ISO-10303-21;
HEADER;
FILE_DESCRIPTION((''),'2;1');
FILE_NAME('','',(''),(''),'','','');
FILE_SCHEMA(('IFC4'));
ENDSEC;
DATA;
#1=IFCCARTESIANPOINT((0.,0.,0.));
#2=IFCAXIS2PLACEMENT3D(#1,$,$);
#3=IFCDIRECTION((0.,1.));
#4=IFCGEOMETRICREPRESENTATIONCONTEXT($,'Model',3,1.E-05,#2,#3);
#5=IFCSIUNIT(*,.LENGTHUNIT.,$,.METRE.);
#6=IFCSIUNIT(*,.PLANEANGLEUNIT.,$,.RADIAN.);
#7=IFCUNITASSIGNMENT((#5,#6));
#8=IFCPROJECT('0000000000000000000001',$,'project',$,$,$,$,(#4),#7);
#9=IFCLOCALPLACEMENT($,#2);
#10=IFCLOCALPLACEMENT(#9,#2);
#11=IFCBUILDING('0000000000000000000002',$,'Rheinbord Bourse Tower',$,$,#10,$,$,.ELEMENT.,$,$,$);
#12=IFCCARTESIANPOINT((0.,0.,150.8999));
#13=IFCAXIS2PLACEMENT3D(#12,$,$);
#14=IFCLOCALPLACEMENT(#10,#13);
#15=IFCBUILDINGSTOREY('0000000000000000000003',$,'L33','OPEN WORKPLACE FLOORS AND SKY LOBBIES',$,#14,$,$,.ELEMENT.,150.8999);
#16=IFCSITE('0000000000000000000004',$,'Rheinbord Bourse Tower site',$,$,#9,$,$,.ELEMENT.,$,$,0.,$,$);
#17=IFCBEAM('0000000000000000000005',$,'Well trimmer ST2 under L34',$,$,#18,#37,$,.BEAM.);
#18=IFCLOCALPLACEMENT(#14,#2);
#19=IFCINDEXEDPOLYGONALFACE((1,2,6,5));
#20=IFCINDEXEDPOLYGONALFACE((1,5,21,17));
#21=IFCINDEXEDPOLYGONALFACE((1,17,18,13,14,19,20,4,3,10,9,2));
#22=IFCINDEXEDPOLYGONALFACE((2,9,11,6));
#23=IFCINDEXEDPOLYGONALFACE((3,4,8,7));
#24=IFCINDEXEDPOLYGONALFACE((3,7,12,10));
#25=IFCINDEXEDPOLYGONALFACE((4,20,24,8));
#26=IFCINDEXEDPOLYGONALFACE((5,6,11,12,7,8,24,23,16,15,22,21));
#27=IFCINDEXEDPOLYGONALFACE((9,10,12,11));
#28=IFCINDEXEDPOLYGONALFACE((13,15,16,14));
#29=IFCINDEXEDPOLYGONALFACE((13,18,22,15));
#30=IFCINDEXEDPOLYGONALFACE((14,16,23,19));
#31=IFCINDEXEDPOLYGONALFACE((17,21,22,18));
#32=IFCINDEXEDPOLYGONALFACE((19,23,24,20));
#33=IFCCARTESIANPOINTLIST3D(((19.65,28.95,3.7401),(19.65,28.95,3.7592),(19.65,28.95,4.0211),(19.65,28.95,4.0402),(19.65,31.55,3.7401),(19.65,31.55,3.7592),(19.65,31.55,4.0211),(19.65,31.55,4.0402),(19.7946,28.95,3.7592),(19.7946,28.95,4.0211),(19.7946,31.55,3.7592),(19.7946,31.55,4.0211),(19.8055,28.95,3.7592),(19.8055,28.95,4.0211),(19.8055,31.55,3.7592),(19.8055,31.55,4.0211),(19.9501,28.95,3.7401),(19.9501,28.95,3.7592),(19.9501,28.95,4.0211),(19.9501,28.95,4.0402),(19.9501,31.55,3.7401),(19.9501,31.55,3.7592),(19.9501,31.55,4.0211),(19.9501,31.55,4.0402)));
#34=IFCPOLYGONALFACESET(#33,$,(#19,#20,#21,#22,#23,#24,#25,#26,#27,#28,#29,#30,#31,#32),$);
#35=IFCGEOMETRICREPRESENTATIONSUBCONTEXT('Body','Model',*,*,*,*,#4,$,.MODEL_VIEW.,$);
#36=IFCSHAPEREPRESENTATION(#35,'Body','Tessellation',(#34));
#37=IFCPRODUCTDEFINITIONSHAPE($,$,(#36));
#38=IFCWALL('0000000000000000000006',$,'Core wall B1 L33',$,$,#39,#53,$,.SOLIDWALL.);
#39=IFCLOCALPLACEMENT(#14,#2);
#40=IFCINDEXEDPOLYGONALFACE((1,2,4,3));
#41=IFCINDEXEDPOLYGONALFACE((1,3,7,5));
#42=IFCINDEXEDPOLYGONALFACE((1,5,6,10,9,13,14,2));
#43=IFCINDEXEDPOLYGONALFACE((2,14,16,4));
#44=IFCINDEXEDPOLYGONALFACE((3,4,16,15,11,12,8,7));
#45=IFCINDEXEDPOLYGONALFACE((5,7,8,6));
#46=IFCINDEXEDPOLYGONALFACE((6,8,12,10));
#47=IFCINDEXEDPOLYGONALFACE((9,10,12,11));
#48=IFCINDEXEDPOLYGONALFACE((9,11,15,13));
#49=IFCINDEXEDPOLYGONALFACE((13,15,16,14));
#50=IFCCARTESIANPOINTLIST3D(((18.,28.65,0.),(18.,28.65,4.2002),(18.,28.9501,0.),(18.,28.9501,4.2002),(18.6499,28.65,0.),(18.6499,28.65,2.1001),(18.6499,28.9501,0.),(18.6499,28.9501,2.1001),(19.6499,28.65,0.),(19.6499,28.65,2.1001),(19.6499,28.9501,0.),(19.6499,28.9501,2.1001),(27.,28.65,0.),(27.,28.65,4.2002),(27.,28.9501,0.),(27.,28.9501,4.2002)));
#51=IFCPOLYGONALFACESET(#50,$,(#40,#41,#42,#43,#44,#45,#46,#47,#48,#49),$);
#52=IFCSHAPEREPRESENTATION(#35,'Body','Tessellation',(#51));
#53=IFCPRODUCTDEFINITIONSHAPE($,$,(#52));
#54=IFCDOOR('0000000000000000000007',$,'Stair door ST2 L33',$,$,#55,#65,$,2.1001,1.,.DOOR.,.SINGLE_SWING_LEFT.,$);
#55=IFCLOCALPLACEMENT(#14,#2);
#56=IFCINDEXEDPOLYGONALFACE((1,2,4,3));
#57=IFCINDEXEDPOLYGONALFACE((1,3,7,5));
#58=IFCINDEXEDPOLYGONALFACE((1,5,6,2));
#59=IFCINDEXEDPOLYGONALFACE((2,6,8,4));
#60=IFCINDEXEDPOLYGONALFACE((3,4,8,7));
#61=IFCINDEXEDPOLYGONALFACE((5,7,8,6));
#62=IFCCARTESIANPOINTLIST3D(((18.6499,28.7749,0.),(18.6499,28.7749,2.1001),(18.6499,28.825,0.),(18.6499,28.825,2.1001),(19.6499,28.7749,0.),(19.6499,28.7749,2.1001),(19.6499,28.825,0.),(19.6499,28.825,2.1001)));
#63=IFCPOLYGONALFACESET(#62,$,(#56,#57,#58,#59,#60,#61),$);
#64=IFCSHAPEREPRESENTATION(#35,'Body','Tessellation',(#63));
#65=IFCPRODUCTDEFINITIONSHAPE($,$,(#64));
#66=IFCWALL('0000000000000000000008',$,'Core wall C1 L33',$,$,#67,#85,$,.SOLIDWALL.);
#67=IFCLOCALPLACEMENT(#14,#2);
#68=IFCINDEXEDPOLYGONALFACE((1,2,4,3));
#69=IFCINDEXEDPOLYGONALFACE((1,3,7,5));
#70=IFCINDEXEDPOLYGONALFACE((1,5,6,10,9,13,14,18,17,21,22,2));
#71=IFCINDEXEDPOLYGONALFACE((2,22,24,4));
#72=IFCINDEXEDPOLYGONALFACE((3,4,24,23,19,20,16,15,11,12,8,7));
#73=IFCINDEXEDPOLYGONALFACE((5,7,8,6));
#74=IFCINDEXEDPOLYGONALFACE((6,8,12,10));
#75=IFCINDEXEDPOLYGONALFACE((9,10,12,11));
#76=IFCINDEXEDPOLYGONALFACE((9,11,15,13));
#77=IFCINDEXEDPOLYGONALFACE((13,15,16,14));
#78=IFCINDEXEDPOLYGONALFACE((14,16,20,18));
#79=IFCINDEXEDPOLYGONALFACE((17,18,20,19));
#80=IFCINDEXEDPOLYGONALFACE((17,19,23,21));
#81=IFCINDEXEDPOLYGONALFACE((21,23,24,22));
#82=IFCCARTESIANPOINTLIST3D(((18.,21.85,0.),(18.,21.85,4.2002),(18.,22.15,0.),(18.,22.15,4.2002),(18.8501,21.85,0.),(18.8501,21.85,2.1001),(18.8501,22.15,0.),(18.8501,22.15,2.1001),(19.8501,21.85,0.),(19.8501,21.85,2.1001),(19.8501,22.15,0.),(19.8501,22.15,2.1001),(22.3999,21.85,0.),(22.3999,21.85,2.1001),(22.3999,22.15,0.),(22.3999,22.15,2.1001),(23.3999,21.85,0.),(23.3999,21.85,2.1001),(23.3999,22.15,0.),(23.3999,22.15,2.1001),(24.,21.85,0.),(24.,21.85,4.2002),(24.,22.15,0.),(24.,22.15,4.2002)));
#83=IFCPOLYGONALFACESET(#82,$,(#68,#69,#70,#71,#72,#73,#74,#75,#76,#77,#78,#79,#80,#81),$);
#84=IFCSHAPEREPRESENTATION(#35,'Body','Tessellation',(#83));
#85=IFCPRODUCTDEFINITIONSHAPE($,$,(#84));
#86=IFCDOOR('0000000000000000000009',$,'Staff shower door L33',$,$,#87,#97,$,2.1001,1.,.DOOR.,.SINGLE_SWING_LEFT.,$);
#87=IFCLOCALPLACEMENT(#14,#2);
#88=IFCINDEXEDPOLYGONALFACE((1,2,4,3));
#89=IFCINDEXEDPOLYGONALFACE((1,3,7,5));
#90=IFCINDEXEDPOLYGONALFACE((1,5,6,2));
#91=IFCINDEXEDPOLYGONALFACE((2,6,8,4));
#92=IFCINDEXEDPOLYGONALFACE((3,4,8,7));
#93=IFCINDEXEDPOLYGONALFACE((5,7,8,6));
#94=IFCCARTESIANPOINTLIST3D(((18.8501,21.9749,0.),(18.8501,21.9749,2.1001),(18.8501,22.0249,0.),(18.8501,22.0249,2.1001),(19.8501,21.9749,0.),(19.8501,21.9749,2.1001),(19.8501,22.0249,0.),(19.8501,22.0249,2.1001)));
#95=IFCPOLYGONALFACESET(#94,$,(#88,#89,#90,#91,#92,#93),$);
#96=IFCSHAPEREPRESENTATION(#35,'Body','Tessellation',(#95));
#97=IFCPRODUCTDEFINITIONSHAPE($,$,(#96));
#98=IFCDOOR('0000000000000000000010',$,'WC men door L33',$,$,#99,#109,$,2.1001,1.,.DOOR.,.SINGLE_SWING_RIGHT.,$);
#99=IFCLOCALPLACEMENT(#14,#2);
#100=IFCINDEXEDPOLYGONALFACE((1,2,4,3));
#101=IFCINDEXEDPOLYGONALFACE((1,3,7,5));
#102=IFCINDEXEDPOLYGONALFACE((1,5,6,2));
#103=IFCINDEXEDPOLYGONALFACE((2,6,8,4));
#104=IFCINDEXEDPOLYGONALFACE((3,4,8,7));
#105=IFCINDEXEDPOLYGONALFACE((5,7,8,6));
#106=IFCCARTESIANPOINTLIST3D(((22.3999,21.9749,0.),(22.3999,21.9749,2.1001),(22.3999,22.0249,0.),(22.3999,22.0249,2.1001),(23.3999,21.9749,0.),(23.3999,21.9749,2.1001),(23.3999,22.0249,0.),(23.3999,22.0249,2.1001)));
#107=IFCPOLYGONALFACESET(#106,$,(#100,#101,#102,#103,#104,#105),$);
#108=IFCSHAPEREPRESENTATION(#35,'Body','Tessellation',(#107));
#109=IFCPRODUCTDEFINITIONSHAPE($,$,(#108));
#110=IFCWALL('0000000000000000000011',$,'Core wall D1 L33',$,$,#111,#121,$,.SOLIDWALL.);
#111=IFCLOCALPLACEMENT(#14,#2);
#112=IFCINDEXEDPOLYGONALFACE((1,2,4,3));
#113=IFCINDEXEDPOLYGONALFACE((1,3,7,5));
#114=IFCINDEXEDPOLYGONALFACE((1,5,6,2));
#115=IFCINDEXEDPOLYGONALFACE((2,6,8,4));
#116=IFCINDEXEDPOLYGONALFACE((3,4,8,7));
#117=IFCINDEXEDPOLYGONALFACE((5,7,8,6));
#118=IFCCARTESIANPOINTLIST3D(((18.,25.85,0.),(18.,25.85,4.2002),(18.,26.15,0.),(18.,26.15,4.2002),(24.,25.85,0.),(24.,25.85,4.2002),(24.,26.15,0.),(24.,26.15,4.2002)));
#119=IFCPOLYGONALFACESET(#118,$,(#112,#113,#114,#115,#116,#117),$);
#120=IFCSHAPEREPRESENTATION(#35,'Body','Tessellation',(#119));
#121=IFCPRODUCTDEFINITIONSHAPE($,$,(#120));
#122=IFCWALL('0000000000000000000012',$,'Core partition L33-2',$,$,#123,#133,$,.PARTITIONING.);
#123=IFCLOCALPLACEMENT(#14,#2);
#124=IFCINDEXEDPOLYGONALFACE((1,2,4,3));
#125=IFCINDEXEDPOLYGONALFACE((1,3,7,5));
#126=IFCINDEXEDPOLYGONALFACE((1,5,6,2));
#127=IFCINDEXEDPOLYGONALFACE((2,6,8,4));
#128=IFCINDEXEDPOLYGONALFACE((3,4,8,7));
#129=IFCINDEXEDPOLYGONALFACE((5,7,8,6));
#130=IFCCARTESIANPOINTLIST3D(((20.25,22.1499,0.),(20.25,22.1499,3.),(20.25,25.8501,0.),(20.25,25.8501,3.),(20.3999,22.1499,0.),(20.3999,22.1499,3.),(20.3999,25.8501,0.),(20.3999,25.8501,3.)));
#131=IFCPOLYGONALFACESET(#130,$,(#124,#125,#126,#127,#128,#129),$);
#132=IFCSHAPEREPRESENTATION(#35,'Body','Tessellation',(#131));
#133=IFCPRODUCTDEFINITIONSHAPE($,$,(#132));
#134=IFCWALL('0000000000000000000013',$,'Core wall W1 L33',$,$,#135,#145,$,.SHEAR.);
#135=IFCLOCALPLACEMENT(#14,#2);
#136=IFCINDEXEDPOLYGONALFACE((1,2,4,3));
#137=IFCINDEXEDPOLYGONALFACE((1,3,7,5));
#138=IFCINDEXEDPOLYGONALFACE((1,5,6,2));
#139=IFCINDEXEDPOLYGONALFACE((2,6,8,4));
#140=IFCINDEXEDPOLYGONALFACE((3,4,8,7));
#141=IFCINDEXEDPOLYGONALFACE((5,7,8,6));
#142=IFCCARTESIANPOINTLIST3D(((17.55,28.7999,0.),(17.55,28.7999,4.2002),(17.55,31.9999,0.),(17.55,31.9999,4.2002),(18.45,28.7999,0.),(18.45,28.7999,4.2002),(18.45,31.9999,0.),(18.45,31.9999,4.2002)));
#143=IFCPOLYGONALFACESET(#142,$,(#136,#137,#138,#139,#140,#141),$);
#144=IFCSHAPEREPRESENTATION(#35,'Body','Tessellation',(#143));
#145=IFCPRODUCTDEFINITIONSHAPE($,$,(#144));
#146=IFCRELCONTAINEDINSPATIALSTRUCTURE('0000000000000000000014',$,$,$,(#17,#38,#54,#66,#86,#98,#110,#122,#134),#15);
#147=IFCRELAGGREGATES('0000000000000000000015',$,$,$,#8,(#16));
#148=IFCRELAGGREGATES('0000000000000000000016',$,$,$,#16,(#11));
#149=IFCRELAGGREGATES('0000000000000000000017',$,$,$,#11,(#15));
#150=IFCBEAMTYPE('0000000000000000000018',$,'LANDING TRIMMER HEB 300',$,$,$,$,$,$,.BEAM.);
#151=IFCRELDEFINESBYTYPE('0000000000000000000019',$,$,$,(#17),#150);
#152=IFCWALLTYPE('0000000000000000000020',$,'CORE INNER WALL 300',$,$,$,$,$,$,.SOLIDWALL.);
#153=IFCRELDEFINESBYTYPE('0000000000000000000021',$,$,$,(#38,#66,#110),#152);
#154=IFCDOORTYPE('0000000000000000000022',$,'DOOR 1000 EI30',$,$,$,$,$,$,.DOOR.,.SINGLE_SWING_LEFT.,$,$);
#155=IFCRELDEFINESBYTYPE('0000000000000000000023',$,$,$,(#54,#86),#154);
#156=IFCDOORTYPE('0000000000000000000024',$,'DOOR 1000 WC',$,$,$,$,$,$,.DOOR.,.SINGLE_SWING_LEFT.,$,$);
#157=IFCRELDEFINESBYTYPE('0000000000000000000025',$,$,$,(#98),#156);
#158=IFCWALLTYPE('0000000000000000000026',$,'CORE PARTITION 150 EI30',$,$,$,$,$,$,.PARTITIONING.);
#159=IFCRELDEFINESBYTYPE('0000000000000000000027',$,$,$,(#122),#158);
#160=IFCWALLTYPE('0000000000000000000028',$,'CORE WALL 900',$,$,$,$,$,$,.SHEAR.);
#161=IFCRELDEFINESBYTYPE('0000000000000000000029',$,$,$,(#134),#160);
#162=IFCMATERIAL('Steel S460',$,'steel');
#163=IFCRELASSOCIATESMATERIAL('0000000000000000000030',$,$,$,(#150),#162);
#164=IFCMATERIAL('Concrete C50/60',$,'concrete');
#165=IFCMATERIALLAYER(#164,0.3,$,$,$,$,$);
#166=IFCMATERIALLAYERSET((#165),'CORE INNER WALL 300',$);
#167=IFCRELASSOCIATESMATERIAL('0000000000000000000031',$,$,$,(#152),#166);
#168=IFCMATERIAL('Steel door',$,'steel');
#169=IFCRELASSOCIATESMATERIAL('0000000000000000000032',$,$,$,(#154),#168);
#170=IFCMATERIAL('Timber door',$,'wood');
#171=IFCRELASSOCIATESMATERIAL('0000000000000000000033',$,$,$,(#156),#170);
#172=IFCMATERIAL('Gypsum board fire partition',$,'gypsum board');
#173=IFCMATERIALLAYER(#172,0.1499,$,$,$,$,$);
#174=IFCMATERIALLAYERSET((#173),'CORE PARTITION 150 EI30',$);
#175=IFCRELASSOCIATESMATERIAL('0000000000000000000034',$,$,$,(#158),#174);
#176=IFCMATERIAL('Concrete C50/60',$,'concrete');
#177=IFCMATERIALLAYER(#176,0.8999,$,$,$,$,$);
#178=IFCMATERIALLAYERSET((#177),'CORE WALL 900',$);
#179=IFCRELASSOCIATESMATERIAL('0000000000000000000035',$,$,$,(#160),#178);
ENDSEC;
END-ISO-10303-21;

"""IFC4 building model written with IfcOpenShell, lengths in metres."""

from ifc_helpers import new_model, si_unit, direction, frame, frame_2d, origin, origin_2d, place, context, subcontext, project, spatial, rectangle, i_section, extrude, material, layer, layer_set, material_profile, profile_set, type_object, element, fill, save


model = new_model("IFC4")

# Units and contexts
model_context = context("Model", 3, precision=1e-05, world=origin(), true_north=direction((0.0, 1.0)))
body_context = subcontext(model_context, "Body", "Model", "MODEL_VIEW")
ifc_project = project(units=[si_unit("LENGTHUNIT", "METRE"), si_unit("PLANEANGLEUNIT", "RADIAN")], contexts=[model_context])

# Site, building, storey
site_placement = place(None, origin())
site = spatial("IfcSite", under=ifc_project, at=site_placement, Name="Rheinbord Bourse Tower site", CompositionType="ELEMENT", RefElevation=0.0)
building_placement = place(site_placement, origin())
building = spatial("IfcBuilding", under=site, at=building_placement, Name="Rheinbord Bourse Tower", CompositionType="ELEMENT")
storey_placement = place(building_placement, frame((0.0, 0.0, 150.8999)))
storey = spatial("IfcBuildingStorey", under=building, at=storey_placement, Name="L33", Description="OPEN WORKPLACE FLOORS AND SKY LOBBIES", CompositionType="ELEMENT", Elevation=150.8999)

# Beam
ifc_material_1 = material(Name="Steel S460", Category="steel")
ifc_material_profile = material_profile(ifc_material_1, i_section(OverallWidth=0.3, OverallDepth=0.3, WebThickness=0.011, FlangeThickness=0.019, at=origin_2d()), Name="HEB 300")
ifc_profile_set = profile_set([ifc_material_profile], Name="Steel S460")
beam_type = type_object("IfcBeamType", Name="LANDING TRIMMER HEB 300", PredefinedType="BEAM", material=ifc_profile_set)
beam_placement = place(storey_placement, frame((19.8, 28.95, 3.8901), z_axis=(0.0, 1.0, 0.0), x_axis=(-1.0, 0.0, 0.0)))
element("IfcBeam", 1, at=beam_placement, inside=storey, type_object=beam_type, Name="Well trimmer ST2 under L34", PredefinedType="BEAM", context=body_context, shape_type="SweptSolid", body=[
    extrude(i_section(OverallWidth=0.3, OverallDepth=0.3, WebThickness=0.011, FlangeThickness=0.019, at=origin_2d()), origin(), (0.0, 0.0, 1.0), 2.6001),
])

# Wall, opening, door
ifc_material_2 = material(Name="Concrete C50/60", Category="concrete")
ifc_layer_1 = layer(ifc_material_2, 0.3)
ifc_layer_set_1 = layer_set([ifc_layer_1], Name="CORE INNER WALL 300")
wall_type_1 = type_object("IfcWallType", Name="CORE INNER WALL 300", PredefinedType="SOLIDWALL", material=ifc_layer_set_1)
wall_1_placement = place(storey_placement, frame((18.0, 28.8, 0.0), z_axis=(0.0, 0.0, 1.0), x_axis=(1.0, 0.0, 0.0)))
wall_1 = element("IfcWall", 2, at=wall_1_placement, inside=storey, type_object=wall_type_1, Name="Core wall B1 L33", PredefinedType="SOLIDWALL", context=body_context, shape_type="SweptSolid", body=[
    extrude(rectangle(XDim=9.0, YDim=0.3, at=frame_2d((4.5, 0.0))), origin(), (0.0, 0.0, 1.0), 4.2002),
])
opening_1_placement = place(wall_1_placement, frame((0.6499, 0.0, 0.0)))
opening_1 = element("IfcOpeningElement", 3, at=opening_1_placement, cuts=wall_1, PredefinedType="OPENING", context=body_context, shape_type="SweptSolid", body=[
    extrude(rectangle(XDim=1.0, YDim=2.1001, at=frame_2d((0.5, 1.05))), frame((0.0, 0.1599, 0.0), z_axis=(0.0, -1.0, 0.0), x_axis=(1.0, 0.0, 0.0)), (0.0, 0.0, 1.0), 0.3201),
])
ifc_material_3 = material(Name="Steel door", Category="steel")
door_type_1 = type_object("IfcDoorType", Name="DOOR 1000 EI30", OperationType="SINGLE_SWING_LEFT", PredefinedType="DOOR", material=ifc_material_3)
door_1_placement = place(opening_1_placement, origin())
door_1 = element("IfcDoor", 4, at=door_1_placement, inside=storey, type_object=door_type_1, Name="Stair door ST2 L33", OperationType="SINGLE_SWING_LEFT", OverallHeight=2.1001, OverallWidth=1.0, PredefinedType="DOOR", context=body_context, shape_type="SweptSolid", body=[
    extrude(rectangle(XDim=1.0, YDim=2.1001, at=frame_2d((0.5, 1.05))), frame((0.0, 0.0249, 0.0), z_axis=(0.0, -1.0, 0.0), x_axis=(1.0, 0.0, 0.0)), (0.0, 0.0, 1.0), 0.05),
])
fill(opening_1, door_1)

# Wall, openings, doors
wall_2_placement = place(storey_placement, frame((18.0, 22.0, 0.0), z_axis=(0.0, 0.0, 1.0), x_axis=(1.0, 0.0, 0.0)))
wall_2 = element("IfcWall", 5, at=wall_2_placement, inside=storey, type_object=wall_type_1, Name="Core wall C1 L33", PredefinedType="SOLIDWALL", context=body_context, shape_type="SweptSolid", body=[
    extrude(rectangle(XDim=6.0, YDim=0.3, at=frame_2d((3.0, 0.0))), origin(), (0.0, 0.0, 1.0), 4.2002),
])
opening_2_placement = place(wall_2_placement, frame((4.3999, 0.0, 0.0)))
opening_2 = element("IfcOpeningElement", 6, at=opening_2_placement, cuts=wall_2, PredefinedType="OPENING", context=body_context, shape_type="SweptSolid", body=[
    extrude(rectangle(XDim=1.0, YDim=2.1001, at=frame_2d((0.5, 1.05))), frame((0.0, 0.1599, 0.0), z_axis=(0.0, -1.0, 0.0), x_axis=(1.0, 0.0, 0.0)), (0.0, 0.0, 1.0), 0.3201),
])
opening_3_placement = place(wall_2_placement, frame((0.8501, 0.0, 0.0)))
opening_3 = element("IfcOpeningElement", 7, at=opening_3_placement, cuts=wall_2, PredefinedType="OPENING", context=body_context, shape_type="SweptSolid", body=[
    extrude(rectangle(XDim=1.0, YDim=2.1001, at=frame_2d((0.5, 1.05))), frame((0.0, 0.1599, 0.0), z_axis=(0.0, -1.0, 0.0), x_axis=(1.0, 0.0, 0.0)), (0.0, 0.0, 1.0), 0.3201),
])
door_2_placement = place(opening_3_placement, origin())
door_2 = element("IfcDoor", 8, at=door_2_placement, inside=storey, type_object=door_type_1, Name="Staff shower door L33", OperationType="SINGLE_SWING_LEFT", OverallHeight=2.1001, OverallWidth=1.0, PredefinedType="DOOR", context=body_context, shape_type="SweptSolid", body=[
    extrude(rectangle(XDim=1.0, YDim=2.1001, at=frame_2d((0.5, 1.05))), frame((0.0, 0.0249, 0.0), z_axis=(0.0, -1.0, 0.0), x_axis=(1.0, 0.0, 0.0)), (0.0, 0.0, 1.0), 0.05),
])
fill(opening_3, door_2)
ifc_material_4 = material(Name="Timber door", Category="wood")
door_type_2 = type_object("IfcDoorType", Name="DOOR 1000 WC", OperationType="SINGLE_SWING_LEFT", PredefinedType="DOOR", material=ifc_material_4)
door_3_placement = place(opening_2_placement, origin())
door_3 = element("IfcDoor", 9, at=door_3_placement, inside=storey, type_object=door_type_2, Name="WC men door L33", OperationType="SINGLE_SWING_RIGHT", OverallHeight=2.1001, OverallWidth=1.0, PredefinedType="DOOR", context=body_context, shape_type="SweptSolid", body=[
    extrude(rectangle(XDim=1.0, YDim=2.1001, at=frame_2d((0.5, 1.05))), frame((0.0, 0.0249, 0.0), z_axis=(0.0, -1.0, 0.0), x_axis=(1.0, 0.0, 0.0)), (0.0, 0.0, 1.0), 0.05),
])
fill(opening_2, door_3)

# Walls
wall_3_placement = place(storey_placement, frame((18.0, 26.0, 0.0), z_axis=(0.0, 0.0, 1.0), x_axis=(1.0, 0.0, 0.0)))
element("IfcWall", 10, at=wall_3_placement, inside=storey, type_object=wall_type_1, Name="Core wall D1 L33", PredefinedType="SOLIDWALL", context=body_context, shape_type="SweptSolid", body=[
    extrude(rectangle(XDim=6.0, YDim=0.3, at=frame_2d((3.0, 0.0))), origin(), (0.0, 0.0, 1.0), 4.2002),
])
ifc_material_5 = material(Name="Gypsum board fire partition", Category="gypsum board")
ifc_layer_2 = layer(ifc_material_5, 0.1499)
ifc_layer_set_2 = layer_set([ifc_layer_2], Name="CORE PARTITION 150 EI30")
wall_type_2 = type_object("IfcWallType", Name="CORE PARTITION 150 EI30", PredefinedType="PARTITIONING", material=ifc_layer_set_2)
wall_4_placement = place(storey_placement, frame((20.325, 22.1499, 0.0), z_axis=(0.0, 0.0, 1.0), x_axis=(0.0, 1.0, 0.0)))
element("IfcWall", 11, at=wall_4_placement, inside=storey, type_object=wall_type_2, Name="Core partition L33-2", PredefinedType="PARTITIONING", context=body_context, shape_type="SweptSolid", body=[
    extrude(rectangle(XDim=3.7002, YDim=0.1499, at=frame_2d((1.8501, 0.0))), origin(), (0.0, 0.0, 1.0), 3.0),
])
ifc_material_6 = material(Name="Concrete C50/60", Category="concrete")
ifc_layer_3 = layer(ifc_material_6, 0.8999)
ifc_layer_set_3 = layer_set([ifc_layer_3], Name="CORE WALL 900")
wall_type_3 = type_object("IfcWallType", Name="CORE WALL 900", PredefinedType="SHEAR", material=ifc_layer_set_3)
wall_5_placement = place(storey_placement, frame((18.0, 32.0, 0.0), z_axis=(0.0, 0.0, 1.0), x_axis=(0.0, -1.0, 0.0)))
element("IfcWall", 12, at=wall_5_placement, inside=storey, type_object=wall_type_3, Name="Core wall W1 L33", PredefinedType="SHEAR", context=body_context, shape_type="SweptSolid", body=[
    extrude(rectangle(XDim=3.2, YDim=0.8999, at=frame_2d((1.6001, 0.0))), origin(), (0.0, 0.0, 1.0), 4.2002),
])

save(model, "model.ifc")
